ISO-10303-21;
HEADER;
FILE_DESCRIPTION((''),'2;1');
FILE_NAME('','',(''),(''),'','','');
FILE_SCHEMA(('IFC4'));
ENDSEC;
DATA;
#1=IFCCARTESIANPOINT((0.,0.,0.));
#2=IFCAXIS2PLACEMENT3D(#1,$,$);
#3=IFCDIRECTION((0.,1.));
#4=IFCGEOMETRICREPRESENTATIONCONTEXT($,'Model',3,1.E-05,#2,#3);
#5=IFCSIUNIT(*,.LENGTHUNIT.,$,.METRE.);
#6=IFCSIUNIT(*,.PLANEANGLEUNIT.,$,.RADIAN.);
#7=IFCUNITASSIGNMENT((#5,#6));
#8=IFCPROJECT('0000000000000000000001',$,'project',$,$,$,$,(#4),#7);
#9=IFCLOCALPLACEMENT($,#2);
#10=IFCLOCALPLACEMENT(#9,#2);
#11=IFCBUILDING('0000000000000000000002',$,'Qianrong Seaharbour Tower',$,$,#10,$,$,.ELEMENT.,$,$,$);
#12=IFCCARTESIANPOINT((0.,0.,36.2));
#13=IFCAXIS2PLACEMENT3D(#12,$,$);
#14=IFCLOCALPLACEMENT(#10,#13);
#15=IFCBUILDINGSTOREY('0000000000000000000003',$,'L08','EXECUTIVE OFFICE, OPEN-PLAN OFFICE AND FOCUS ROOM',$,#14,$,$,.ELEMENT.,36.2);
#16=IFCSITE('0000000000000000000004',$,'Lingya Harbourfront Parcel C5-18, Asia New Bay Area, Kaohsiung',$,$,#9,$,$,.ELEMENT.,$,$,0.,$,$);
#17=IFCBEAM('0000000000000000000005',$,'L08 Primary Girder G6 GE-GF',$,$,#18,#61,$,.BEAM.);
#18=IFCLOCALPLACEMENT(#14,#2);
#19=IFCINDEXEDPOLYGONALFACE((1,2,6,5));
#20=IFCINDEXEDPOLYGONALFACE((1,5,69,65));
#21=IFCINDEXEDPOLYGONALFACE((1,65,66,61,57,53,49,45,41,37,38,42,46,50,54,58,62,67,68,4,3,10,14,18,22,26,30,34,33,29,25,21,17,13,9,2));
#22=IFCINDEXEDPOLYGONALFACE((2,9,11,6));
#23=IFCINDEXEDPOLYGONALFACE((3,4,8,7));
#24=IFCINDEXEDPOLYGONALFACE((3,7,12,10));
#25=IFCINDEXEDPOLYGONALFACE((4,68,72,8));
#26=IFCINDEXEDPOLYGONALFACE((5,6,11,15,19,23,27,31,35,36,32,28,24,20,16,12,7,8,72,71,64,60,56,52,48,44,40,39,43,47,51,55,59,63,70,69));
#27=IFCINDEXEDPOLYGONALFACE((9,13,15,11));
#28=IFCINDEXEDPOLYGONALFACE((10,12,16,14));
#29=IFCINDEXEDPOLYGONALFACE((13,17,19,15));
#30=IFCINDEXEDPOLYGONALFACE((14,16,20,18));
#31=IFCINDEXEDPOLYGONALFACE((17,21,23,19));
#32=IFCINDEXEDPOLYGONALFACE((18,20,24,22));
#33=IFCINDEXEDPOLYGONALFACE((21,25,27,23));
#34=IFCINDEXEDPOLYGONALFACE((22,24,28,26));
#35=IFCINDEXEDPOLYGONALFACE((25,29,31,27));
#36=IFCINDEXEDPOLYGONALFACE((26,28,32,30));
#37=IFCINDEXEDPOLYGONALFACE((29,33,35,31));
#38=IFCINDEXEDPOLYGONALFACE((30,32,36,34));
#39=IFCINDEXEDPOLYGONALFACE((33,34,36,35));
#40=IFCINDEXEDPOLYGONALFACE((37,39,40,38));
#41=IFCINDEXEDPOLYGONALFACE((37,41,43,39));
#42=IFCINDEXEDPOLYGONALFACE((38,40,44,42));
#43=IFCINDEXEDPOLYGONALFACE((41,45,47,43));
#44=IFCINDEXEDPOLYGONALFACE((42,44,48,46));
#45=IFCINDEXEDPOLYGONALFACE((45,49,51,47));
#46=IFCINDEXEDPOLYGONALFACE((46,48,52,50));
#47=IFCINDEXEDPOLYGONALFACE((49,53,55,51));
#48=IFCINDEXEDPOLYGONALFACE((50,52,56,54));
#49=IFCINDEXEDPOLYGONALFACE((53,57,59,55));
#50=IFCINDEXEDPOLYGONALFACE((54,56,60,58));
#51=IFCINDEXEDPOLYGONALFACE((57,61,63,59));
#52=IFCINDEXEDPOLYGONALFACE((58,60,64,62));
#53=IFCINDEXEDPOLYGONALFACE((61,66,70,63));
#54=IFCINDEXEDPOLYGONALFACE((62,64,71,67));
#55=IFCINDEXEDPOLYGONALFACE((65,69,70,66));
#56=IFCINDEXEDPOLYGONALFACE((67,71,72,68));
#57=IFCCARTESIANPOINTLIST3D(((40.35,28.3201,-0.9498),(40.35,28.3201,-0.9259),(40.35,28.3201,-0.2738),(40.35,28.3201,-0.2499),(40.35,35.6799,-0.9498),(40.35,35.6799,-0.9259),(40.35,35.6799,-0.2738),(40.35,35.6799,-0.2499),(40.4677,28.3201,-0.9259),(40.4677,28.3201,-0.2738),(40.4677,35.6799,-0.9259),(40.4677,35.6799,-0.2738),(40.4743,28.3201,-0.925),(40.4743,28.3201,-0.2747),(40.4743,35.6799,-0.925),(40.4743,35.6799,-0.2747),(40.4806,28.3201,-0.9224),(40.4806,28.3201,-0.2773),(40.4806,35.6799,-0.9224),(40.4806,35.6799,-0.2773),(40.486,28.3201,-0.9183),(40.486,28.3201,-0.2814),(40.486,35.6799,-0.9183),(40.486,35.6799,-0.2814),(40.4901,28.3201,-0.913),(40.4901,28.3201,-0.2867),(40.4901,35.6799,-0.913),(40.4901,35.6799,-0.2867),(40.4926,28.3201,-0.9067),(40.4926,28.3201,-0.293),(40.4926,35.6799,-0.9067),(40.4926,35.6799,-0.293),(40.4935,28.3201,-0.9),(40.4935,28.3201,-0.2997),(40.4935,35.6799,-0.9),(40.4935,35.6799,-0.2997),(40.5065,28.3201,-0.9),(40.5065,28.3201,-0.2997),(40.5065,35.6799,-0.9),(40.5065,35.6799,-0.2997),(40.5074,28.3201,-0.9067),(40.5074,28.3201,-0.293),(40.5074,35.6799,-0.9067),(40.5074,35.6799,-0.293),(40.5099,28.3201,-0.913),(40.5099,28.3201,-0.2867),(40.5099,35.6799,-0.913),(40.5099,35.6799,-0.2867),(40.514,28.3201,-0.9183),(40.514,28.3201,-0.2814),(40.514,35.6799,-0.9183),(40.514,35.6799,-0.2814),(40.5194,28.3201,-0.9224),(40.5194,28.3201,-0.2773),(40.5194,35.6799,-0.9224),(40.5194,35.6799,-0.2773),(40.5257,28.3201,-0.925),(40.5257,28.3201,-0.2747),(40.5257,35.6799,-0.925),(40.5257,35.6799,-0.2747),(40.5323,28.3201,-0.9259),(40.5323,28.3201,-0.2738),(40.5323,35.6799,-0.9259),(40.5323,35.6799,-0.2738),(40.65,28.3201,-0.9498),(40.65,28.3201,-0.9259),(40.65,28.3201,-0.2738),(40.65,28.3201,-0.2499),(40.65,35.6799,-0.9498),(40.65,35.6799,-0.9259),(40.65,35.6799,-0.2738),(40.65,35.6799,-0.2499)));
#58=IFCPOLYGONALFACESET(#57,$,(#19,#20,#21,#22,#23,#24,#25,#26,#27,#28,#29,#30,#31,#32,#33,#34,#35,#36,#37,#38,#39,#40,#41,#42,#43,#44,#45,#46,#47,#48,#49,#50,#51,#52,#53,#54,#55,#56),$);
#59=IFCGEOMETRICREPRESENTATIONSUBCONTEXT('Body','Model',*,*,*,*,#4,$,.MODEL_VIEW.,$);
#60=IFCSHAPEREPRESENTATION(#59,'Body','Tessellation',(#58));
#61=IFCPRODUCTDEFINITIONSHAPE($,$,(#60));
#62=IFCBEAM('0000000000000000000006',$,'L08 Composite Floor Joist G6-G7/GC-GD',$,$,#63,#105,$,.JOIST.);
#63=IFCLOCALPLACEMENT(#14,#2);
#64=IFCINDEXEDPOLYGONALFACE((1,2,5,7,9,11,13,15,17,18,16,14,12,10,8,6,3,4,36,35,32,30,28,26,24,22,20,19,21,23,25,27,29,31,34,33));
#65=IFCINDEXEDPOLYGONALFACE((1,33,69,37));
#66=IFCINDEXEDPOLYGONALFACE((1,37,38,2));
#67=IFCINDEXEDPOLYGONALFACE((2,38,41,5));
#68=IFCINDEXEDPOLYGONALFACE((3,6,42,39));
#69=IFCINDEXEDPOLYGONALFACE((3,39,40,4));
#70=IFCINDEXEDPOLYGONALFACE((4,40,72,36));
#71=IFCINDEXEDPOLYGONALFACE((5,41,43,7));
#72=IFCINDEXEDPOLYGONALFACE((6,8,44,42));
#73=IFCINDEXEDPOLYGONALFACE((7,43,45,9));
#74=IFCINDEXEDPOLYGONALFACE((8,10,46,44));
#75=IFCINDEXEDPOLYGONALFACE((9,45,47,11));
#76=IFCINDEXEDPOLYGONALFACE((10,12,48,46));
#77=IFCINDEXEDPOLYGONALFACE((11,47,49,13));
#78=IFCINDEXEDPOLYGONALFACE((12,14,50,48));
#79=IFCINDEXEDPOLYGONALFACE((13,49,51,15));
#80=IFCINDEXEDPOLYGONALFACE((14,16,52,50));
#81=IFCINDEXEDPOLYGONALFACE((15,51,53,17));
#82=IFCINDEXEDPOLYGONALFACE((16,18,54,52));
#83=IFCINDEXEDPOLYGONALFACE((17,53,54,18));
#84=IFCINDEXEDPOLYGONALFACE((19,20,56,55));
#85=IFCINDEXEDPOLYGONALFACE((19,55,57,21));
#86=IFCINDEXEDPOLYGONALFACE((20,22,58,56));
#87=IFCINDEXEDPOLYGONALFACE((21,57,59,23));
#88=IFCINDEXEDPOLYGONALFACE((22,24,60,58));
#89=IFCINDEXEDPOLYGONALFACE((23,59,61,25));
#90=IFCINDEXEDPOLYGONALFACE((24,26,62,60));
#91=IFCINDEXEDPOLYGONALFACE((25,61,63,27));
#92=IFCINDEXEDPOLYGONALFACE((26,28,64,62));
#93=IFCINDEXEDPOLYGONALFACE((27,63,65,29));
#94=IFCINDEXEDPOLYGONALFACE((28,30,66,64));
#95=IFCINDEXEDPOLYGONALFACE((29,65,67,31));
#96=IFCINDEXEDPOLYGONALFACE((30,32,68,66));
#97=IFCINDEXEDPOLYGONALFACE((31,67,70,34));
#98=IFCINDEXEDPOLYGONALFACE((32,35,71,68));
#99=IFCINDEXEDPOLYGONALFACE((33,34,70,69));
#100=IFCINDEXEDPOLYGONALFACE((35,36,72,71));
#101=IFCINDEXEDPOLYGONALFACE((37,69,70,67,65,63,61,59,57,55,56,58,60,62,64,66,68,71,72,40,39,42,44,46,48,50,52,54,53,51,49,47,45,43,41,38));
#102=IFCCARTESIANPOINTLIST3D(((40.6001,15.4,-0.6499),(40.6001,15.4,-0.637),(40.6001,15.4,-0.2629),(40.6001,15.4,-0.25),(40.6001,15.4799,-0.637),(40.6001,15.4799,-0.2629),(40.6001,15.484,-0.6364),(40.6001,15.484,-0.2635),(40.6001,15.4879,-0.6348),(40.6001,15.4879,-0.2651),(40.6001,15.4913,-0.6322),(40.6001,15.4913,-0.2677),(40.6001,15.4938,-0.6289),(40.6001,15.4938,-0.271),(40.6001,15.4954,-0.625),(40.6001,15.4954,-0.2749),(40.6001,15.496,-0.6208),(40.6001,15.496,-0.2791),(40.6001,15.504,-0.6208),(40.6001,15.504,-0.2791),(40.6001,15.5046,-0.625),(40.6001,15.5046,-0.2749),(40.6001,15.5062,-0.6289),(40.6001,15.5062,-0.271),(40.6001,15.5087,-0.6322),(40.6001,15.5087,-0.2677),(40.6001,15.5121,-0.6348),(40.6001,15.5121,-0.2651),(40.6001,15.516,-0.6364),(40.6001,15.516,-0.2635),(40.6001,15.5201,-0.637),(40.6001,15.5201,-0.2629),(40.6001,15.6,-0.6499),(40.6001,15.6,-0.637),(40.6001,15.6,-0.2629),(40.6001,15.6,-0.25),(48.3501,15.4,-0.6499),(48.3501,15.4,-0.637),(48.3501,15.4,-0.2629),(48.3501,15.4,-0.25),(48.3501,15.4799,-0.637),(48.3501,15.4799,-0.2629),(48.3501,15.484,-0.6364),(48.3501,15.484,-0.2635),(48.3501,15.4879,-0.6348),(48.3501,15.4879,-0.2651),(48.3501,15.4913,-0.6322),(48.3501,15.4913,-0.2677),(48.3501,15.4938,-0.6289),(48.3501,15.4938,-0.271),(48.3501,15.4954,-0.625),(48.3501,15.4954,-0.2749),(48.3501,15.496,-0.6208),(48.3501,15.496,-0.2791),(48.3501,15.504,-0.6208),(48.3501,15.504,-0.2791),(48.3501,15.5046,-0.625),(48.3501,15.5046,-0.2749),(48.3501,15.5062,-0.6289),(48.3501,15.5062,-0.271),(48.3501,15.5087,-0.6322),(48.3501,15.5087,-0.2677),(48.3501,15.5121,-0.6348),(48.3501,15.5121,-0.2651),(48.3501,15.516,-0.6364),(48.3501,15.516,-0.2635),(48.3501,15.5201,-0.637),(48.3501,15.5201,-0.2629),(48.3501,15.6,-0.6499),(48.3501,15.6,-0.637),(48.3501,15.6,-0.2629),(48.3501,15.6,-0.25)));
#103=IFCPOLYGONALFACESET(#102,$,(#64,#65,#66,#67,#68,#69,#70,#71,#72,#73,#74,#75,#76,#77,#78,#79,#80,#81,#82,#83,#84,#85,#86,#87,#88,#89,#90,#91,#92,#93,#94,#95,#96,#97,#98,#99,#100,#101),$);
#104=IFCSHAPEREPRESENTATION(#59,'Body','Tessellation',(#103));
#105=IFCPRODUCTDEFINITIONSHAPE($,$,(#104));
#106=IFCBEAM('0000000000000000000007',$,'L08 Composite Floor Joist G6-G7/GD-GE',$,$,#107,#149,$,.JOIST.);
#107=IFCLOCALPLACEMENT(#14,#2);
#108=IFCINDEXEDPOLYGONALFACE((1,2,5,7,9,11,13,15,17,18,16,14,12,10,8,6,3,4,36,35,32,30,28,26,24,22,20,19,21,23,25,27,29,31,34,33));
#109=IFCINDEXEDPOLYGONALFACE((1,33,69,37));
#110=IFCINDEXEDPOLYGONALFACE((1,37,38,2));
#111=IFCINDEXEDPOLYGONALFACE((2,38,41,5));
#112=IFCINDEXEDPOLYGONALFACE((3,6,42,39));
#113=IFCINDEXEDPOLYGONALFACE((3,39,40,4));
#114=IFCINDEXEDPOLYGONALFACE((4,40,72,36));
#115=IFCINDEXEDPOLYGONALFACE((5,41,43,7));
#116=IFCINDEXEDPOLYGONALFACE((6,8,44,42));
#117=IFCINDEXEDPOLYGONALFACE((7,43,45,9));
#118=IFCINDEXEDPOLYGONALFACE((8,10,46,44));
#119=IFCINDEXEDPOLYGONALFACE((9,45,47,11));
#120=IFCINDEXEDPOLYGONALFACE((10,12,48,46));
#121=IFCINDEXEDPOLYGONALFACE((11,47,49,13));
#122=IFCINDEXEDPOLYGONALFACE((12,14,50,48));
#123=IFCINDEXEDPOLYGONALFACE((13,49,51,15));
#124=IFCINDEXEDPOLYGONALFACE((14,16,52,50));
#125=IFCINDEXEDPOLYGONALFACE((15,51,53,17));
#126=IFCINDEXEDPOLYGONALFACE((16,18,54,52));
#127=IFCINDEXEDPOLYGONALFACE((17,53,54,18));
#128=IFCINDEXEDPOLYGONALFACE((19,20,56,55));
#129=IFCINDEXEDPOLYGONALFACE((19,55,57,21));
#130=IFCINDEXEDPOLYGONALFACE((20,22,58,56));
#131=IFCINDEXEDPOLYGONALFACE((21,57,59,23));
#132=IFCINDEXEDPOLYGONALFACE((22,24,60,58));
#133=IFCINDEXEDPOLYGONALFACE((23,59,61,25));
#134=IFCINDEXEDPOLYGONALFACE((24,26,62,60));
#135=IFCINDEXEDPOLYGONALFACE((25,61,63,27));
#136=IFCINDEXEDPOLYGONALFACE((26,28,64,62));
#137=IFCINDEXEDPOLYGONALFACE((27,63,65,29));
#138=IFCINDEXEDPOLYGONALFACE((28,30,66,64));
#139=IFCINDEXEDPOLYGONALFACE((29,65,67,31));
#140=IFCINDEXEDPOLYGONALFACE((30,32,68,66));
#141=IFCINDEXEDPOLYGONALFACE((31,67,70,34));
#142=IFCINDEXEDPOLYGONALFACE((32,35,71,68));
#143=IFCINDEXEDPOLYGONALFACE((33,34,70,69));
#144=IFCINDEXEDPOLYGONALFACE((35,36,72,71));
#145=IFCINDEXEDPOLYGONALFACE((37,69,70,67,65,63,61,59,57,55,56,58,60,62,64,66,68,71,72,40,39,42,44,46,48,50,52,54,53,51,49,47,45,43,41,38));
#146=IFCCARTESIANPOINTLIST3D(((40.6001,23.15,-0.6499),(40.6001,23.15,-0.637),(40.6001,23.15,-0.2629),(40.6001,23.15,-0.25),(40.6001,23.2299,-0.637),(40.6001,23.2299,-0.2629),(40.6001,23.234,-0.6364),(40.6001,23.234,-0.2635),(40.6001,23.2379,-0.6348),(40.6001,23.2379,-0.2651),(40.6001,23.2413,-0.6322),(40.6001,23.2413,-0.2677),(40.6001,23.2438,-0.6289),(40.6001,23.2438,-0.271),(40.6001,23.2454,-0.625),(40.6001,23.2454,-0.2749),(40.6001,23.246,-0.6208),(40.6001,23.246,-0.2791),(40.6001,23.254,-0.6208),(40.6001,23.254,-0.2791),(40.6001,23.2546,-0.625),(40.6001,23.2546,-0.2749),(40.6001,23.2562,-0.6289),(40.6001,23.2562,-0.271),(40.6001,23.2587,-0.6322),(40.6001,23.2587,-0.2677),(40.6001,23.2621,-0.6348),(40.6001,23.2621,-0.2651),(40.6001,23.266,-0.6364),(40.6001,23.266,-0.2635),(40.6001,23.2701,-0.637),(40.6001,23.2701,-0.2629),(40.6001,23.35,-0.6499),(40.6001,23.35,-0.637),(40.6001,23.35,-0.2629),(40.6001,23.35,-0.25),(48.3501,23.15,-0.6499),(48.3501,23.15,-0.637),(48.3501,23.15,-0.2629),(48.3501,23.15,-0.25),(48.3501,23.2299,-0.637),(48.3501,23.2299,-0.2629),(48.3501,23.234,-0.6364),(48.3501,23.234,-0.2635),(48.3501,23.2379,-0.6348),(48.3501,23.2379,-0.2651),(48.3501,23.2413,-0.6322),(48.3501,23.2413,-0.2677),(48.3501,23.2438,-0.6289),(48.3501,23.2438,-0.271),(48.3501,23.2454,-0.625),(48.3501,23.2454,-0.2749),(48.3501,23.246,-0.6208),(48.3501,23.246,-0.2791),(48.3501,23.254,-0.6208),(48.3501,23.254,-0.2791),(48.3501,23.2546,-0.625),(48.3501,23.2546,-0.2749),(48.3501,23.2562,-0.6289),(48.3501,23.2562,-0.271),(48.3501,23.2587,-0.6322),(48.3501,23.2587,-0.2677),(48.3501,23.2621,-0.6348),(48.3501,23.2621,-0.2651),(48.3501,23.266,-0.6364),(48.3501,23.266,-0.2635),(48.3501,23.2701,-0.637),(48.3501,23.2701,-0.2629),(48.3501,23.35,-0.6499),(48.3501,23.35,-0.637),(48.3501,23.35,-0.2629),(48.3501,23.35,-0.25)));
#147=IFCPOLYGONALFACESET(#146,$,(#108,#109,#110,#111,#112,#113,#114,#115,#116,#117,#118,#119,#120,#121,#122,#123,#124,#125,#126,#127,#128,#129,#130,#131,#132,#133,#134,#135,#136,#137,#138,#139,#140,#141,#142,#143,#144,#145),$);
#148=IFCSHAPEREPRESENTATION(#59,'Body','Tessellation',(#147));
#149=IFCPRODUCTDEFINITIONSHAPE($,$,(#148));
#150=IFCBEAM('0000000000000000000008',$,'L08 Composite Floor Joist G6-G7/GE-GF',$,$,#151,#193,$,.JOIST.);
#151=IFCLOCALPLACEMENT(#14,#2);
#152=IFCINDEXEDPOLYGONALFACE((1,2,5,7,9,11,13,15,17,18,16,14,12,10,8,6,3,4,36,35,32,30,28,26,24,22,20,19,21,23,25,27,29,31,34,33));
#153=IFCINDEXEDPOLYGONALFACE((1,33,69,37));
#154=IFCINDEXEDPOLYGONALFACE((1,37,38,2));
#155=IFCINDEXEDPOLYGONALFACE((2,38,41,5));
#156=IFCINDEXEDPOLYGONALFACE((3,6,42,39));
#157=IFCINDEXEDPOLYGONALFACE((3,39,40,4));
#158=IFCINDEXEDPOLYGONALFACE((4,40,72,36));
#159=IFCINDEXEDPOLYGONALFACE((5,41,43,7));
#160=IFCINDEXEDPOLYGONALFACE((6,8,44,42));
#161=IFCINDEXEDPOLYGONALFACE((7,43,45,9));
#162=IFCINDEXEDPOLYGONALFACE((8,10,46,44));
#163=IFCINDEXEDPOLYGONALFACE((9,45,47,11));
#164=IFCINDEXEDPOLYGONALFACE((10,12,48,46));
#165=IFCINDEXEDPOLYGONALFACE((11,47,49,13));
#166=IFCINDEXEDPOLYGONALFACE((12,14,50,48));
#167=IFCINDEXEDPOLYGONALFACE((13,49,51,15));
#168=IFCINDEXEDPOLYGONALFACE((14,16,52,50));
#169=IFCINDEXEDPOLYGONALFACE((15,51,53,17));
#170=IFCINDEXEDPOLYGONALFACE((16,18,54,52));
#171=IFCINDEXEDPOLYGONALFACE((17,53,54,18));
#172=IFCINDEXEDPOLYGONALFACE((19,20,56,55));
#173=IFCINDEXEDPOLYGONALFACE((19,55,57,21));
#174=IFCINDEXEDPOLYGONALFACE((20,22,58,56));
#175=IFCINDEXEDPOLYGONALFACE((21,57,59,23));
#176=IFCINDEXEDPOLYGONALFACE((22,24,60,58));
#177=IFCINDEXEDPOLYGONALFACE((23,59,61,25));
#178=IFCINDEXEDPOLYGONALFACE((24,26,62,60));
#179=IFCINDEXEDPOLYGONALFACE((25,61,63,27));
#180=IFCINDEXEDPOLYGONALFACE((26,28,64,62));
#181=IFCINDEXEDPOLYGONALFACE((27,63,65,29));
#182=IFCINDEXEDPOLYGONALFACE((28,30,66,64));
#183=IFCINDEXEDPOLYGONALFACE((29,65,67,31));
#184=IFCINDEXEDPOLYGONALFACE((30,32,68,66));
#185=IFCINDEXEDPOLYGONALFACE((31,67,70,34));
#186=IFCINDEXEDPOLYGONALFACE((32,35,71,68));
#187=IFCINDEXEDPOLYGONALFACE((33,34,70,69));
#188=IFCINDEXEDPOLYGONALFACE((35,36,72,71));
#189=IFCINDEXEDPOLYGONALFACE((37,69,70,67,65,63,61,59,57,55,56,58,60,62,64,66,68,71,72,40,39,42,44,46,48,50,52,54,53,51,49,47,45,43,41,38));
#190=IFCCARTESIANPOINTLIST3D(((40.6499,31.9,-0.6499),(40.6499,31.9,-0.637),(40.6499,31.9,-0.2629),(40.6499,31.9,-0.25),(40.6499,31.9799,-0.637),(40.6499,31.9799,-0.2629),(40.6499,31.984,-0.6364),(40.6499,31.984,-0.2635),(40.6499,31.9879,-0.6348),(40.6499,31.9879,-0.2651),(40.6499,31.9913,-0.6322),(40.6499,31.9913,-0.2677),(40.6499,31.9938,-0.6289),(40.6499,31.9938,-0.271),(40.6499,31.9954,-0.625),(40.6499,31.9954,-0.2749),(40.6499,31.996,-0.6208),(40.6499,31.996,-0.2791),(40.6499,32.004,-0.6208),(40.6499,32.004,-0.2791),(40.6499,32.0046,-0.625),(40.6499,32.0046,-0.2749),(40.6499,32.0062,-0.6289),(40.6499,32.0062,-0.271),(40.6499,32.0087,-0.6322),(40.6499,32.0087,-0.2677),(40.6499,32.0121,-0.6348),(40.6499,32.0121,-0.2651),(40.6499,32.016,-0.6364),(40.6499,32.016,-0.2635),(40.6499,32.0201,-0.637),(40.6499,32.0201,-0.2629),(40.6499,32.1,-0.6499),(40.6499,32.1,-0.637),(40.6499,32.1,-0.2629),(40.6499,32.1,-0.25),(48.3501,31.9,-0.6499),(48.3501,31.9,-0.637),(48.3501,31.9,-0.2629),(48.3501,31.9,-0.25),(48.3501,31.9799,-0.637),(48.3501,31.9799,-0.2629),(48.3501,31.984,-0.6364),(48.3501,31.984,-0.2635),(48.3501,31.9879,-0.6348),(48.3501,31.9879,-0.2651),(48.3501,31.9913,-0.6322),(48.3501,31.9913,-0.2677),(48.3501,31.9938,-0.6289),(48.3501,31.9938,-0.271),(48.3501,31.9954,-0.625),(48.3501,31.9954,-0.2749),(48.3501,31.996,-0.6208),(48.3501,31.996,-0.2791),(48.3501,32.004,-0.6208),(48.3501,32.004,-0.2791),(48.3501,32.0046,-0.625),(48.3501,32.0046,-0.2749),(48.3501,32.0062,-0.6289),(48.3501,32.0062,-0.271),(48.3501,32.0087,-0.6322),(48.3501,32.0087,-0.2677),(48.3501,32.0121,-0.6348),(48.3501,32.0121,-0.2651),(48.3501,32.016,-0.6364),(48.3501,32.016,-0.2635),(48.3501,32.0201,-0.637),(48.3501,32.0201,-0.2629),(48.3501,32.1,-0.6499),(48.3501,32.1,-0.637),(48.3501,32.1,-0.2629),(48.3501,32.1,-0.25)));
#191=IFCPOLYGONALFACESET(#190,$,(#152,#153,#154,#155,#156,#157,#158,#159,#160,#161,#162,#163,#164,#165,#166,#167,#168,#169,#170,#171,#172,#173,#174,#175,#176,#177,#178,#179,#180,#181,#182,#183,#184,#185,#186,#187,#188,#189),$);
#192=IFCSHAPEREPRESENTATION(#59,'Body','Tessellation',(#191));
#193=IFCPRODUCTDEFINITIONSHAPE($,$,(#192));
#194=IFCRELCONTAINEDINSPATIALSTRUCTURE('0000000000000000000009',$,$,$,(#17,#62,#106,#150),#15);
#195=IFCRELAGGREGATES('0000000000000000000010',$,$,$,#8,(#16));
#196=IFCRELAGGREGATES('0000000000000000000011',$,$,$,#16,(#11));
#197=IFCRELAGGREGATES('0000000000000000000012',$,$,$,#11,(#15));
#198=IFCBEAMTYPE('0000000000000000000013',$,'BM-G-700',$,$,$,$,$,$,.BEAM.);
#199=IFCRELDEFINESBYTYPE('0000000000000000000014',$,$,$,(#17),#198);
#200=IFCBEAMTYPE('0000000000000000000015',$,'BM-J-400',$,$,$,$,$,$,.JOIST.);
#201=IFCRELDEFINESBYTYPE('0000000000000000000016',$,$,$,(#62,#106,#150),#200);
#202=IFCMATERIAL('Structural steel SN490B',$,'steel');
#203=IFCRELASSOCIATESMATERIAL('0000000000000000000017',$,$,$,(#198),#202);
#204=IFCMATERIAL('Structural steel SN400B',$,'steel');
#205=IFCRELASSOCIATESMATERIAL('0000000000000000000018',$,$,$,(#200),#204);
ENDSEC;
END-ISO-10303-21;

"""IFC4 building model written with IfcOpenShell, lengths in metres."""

from ifc_helpers import new_model, si_unit, direction, frame, origin, origin_2d, place, context, subcontext, project, spatial, i_section, extrude, material, material_profile, profile_set, type_object, element, save


model = new_model("IFC4")

# Units and contexts
model_context = context("Model", 3, precision=1e-05, world=origin(), true_north=direction((0.0, 1.0)))
body_context = subcontext(model_context, "Body", "Model", "MODEL_VIEW")
ifc_project = project(units=[si_unit("LENGTHUNIT", "METRE"), si_unit("PLANEANGLEUNIT", "RADIAN")], contexts=[model_context])

# Site, building, storey
site_placement = place(None, origin())
site = spatial("IfcSite", under=ifc_project, at=site_placement, Name="Lingya Harbourfront Parcel C5-18, Asia New Bay Area, Kaohsiung", CompositionType="ELEMENT", RefElevation=0.0)
building_placement = place(site_placement, origin())
building = spatial("IfcBuilding", under=site, at=building_placement, Name="Qianrong Seaharbour Tower", CompositionType="ELEMENT")
storey_placement = place(building_placement, frame((0.0, 0.0, 36.2)))
storey = spatial("IfcBuildingStorey", under=building, at=storey_placement, Name="L08", Description="EXECUTIVE OFFICE, OPEN-PLAN OFFICE AND FOCUS ROOM", CompositionType="ELEMENT", Elevation=36.2)

# Shared definitions
ifc_material_1 = material(Name="Structural steel SN490B", Category="steel")

# Beams
ifc_material_profile_1 = material_profile(ifc_material_1, i_section(OverallWidth=0.3, OverallDepth=0.7, WebThickness=0.0129, FlangeThickness=0.0239, FilletRadius=0.0259, at=origin_2d()), Name="H700x300x13x24")
ifc_profile_set_1 = profile_set([ifc_material_profile_1], Name="Structural steel SN490B")
beam_type_1 = type_object("IfcBeamType", Name="BM-G-700", PredefinedType="BEAM", material=ifc_profile_set_1)
beam_1_placement = place(storey_placement, frame((40.5, 28.3201, -0.5999), z_axis=(0.0, 1.0, 0.0), x_axis=(-1.0, 0.0, 0.0)))
element("IfcBeam", 1, at=beam_1_placement, inside=storey, type_object=beam_type_1, Name="L08 Primary Girder G6 GE-GF", PredefinedType="BEAM", context=body_context, shape_type="SweptSolid", body=[
    extrude(i_section(OverallWidth=0.3, OverallDepth=0.7, WebThickness=0.0129, FlangeThickness=0.0239, FilletRadius=0.0259, at=origin_2d()), origin(), (0.0, 0.0, 1.0), 7.3599),
])
ifc_material_2 = material(Name="Structural steel SN400B", Category="steel")
ifc_material_profile_2 = material_profile(ifc_material_2, i_section(OverallWidth=0.2, OverallDepth=0.3999, WebThickness=0.0081, FlangeThickness=0.0129, FilletRadius=0.0161, at=origin_2d()), Name="H400x200x8x13")
ifc_profile_set_2 = profile_set([ifc_material_profile_2], Name="Structural steel SN400B")
beam_type_2 = type_object("IfcBeamType", Name="BM-J-400", PredefinedType="JOIST", material=ifc_profile_set_2)
for number, where, z_axis, x_axis, name in (
    (2, (40.6001, 15.5, -0.45), (1.0, 0.0, 0.0), (0.0, 1.0, 0.0), "L08 Composite Floor Joist G6-G7/GC-GD"),
    (3, (40.6001, 23.25, -0.45), (1.0, 0.0, 0.0), (0.0, 1.0, 0.0), "L08 Composite Floor Joist G6-G7/GD-GE"),
):
    element("IfcBeam", number, at=place(storey_placement, frame(where, z_axis=z_axis, x_axis=x_axis)), inside=storey, type_object=beam_type_2, Name=name, PredefinedType="JOIST", context=body_context, shape_type="SweptSolid", body=[
        extrude(i_section(OverallWidth=0.2, OverallDepth=0.3999, WebThickness=0.0081, FlangeThickness=0.0129, FilletRadius=0.0161, at=origin_2d()), origin(), (0.0, 0.0, 1.0), 7.75),
    ])
beam_2_placement = place(storey_placement, frame((40.6499, 32.0, -0.45), z_axis=(1.0, 0.0, 0.0), x_axis=(0.0, 1.0, 0.0)))
element("IfcBeam", 4, at=beam_2_placement, inside=storey, type_object=beam_type_2, Name="L08 Composite Floor Joist G6-G7/GE-GF", PredefinedType="JOIST", context=body_context, shape_type="SweptSolid", body=[
    extrude(i_section(OverallWidth=0.2, OverallDepth=0.3999, WebThickness=0.0081, FlangeThickness=0.0129, FilletRadius=0.0161, at=origin_2d()), origin(), (0.0, 0.0, 1.0), 7.7002),
])

save(model, "model.ifc")
